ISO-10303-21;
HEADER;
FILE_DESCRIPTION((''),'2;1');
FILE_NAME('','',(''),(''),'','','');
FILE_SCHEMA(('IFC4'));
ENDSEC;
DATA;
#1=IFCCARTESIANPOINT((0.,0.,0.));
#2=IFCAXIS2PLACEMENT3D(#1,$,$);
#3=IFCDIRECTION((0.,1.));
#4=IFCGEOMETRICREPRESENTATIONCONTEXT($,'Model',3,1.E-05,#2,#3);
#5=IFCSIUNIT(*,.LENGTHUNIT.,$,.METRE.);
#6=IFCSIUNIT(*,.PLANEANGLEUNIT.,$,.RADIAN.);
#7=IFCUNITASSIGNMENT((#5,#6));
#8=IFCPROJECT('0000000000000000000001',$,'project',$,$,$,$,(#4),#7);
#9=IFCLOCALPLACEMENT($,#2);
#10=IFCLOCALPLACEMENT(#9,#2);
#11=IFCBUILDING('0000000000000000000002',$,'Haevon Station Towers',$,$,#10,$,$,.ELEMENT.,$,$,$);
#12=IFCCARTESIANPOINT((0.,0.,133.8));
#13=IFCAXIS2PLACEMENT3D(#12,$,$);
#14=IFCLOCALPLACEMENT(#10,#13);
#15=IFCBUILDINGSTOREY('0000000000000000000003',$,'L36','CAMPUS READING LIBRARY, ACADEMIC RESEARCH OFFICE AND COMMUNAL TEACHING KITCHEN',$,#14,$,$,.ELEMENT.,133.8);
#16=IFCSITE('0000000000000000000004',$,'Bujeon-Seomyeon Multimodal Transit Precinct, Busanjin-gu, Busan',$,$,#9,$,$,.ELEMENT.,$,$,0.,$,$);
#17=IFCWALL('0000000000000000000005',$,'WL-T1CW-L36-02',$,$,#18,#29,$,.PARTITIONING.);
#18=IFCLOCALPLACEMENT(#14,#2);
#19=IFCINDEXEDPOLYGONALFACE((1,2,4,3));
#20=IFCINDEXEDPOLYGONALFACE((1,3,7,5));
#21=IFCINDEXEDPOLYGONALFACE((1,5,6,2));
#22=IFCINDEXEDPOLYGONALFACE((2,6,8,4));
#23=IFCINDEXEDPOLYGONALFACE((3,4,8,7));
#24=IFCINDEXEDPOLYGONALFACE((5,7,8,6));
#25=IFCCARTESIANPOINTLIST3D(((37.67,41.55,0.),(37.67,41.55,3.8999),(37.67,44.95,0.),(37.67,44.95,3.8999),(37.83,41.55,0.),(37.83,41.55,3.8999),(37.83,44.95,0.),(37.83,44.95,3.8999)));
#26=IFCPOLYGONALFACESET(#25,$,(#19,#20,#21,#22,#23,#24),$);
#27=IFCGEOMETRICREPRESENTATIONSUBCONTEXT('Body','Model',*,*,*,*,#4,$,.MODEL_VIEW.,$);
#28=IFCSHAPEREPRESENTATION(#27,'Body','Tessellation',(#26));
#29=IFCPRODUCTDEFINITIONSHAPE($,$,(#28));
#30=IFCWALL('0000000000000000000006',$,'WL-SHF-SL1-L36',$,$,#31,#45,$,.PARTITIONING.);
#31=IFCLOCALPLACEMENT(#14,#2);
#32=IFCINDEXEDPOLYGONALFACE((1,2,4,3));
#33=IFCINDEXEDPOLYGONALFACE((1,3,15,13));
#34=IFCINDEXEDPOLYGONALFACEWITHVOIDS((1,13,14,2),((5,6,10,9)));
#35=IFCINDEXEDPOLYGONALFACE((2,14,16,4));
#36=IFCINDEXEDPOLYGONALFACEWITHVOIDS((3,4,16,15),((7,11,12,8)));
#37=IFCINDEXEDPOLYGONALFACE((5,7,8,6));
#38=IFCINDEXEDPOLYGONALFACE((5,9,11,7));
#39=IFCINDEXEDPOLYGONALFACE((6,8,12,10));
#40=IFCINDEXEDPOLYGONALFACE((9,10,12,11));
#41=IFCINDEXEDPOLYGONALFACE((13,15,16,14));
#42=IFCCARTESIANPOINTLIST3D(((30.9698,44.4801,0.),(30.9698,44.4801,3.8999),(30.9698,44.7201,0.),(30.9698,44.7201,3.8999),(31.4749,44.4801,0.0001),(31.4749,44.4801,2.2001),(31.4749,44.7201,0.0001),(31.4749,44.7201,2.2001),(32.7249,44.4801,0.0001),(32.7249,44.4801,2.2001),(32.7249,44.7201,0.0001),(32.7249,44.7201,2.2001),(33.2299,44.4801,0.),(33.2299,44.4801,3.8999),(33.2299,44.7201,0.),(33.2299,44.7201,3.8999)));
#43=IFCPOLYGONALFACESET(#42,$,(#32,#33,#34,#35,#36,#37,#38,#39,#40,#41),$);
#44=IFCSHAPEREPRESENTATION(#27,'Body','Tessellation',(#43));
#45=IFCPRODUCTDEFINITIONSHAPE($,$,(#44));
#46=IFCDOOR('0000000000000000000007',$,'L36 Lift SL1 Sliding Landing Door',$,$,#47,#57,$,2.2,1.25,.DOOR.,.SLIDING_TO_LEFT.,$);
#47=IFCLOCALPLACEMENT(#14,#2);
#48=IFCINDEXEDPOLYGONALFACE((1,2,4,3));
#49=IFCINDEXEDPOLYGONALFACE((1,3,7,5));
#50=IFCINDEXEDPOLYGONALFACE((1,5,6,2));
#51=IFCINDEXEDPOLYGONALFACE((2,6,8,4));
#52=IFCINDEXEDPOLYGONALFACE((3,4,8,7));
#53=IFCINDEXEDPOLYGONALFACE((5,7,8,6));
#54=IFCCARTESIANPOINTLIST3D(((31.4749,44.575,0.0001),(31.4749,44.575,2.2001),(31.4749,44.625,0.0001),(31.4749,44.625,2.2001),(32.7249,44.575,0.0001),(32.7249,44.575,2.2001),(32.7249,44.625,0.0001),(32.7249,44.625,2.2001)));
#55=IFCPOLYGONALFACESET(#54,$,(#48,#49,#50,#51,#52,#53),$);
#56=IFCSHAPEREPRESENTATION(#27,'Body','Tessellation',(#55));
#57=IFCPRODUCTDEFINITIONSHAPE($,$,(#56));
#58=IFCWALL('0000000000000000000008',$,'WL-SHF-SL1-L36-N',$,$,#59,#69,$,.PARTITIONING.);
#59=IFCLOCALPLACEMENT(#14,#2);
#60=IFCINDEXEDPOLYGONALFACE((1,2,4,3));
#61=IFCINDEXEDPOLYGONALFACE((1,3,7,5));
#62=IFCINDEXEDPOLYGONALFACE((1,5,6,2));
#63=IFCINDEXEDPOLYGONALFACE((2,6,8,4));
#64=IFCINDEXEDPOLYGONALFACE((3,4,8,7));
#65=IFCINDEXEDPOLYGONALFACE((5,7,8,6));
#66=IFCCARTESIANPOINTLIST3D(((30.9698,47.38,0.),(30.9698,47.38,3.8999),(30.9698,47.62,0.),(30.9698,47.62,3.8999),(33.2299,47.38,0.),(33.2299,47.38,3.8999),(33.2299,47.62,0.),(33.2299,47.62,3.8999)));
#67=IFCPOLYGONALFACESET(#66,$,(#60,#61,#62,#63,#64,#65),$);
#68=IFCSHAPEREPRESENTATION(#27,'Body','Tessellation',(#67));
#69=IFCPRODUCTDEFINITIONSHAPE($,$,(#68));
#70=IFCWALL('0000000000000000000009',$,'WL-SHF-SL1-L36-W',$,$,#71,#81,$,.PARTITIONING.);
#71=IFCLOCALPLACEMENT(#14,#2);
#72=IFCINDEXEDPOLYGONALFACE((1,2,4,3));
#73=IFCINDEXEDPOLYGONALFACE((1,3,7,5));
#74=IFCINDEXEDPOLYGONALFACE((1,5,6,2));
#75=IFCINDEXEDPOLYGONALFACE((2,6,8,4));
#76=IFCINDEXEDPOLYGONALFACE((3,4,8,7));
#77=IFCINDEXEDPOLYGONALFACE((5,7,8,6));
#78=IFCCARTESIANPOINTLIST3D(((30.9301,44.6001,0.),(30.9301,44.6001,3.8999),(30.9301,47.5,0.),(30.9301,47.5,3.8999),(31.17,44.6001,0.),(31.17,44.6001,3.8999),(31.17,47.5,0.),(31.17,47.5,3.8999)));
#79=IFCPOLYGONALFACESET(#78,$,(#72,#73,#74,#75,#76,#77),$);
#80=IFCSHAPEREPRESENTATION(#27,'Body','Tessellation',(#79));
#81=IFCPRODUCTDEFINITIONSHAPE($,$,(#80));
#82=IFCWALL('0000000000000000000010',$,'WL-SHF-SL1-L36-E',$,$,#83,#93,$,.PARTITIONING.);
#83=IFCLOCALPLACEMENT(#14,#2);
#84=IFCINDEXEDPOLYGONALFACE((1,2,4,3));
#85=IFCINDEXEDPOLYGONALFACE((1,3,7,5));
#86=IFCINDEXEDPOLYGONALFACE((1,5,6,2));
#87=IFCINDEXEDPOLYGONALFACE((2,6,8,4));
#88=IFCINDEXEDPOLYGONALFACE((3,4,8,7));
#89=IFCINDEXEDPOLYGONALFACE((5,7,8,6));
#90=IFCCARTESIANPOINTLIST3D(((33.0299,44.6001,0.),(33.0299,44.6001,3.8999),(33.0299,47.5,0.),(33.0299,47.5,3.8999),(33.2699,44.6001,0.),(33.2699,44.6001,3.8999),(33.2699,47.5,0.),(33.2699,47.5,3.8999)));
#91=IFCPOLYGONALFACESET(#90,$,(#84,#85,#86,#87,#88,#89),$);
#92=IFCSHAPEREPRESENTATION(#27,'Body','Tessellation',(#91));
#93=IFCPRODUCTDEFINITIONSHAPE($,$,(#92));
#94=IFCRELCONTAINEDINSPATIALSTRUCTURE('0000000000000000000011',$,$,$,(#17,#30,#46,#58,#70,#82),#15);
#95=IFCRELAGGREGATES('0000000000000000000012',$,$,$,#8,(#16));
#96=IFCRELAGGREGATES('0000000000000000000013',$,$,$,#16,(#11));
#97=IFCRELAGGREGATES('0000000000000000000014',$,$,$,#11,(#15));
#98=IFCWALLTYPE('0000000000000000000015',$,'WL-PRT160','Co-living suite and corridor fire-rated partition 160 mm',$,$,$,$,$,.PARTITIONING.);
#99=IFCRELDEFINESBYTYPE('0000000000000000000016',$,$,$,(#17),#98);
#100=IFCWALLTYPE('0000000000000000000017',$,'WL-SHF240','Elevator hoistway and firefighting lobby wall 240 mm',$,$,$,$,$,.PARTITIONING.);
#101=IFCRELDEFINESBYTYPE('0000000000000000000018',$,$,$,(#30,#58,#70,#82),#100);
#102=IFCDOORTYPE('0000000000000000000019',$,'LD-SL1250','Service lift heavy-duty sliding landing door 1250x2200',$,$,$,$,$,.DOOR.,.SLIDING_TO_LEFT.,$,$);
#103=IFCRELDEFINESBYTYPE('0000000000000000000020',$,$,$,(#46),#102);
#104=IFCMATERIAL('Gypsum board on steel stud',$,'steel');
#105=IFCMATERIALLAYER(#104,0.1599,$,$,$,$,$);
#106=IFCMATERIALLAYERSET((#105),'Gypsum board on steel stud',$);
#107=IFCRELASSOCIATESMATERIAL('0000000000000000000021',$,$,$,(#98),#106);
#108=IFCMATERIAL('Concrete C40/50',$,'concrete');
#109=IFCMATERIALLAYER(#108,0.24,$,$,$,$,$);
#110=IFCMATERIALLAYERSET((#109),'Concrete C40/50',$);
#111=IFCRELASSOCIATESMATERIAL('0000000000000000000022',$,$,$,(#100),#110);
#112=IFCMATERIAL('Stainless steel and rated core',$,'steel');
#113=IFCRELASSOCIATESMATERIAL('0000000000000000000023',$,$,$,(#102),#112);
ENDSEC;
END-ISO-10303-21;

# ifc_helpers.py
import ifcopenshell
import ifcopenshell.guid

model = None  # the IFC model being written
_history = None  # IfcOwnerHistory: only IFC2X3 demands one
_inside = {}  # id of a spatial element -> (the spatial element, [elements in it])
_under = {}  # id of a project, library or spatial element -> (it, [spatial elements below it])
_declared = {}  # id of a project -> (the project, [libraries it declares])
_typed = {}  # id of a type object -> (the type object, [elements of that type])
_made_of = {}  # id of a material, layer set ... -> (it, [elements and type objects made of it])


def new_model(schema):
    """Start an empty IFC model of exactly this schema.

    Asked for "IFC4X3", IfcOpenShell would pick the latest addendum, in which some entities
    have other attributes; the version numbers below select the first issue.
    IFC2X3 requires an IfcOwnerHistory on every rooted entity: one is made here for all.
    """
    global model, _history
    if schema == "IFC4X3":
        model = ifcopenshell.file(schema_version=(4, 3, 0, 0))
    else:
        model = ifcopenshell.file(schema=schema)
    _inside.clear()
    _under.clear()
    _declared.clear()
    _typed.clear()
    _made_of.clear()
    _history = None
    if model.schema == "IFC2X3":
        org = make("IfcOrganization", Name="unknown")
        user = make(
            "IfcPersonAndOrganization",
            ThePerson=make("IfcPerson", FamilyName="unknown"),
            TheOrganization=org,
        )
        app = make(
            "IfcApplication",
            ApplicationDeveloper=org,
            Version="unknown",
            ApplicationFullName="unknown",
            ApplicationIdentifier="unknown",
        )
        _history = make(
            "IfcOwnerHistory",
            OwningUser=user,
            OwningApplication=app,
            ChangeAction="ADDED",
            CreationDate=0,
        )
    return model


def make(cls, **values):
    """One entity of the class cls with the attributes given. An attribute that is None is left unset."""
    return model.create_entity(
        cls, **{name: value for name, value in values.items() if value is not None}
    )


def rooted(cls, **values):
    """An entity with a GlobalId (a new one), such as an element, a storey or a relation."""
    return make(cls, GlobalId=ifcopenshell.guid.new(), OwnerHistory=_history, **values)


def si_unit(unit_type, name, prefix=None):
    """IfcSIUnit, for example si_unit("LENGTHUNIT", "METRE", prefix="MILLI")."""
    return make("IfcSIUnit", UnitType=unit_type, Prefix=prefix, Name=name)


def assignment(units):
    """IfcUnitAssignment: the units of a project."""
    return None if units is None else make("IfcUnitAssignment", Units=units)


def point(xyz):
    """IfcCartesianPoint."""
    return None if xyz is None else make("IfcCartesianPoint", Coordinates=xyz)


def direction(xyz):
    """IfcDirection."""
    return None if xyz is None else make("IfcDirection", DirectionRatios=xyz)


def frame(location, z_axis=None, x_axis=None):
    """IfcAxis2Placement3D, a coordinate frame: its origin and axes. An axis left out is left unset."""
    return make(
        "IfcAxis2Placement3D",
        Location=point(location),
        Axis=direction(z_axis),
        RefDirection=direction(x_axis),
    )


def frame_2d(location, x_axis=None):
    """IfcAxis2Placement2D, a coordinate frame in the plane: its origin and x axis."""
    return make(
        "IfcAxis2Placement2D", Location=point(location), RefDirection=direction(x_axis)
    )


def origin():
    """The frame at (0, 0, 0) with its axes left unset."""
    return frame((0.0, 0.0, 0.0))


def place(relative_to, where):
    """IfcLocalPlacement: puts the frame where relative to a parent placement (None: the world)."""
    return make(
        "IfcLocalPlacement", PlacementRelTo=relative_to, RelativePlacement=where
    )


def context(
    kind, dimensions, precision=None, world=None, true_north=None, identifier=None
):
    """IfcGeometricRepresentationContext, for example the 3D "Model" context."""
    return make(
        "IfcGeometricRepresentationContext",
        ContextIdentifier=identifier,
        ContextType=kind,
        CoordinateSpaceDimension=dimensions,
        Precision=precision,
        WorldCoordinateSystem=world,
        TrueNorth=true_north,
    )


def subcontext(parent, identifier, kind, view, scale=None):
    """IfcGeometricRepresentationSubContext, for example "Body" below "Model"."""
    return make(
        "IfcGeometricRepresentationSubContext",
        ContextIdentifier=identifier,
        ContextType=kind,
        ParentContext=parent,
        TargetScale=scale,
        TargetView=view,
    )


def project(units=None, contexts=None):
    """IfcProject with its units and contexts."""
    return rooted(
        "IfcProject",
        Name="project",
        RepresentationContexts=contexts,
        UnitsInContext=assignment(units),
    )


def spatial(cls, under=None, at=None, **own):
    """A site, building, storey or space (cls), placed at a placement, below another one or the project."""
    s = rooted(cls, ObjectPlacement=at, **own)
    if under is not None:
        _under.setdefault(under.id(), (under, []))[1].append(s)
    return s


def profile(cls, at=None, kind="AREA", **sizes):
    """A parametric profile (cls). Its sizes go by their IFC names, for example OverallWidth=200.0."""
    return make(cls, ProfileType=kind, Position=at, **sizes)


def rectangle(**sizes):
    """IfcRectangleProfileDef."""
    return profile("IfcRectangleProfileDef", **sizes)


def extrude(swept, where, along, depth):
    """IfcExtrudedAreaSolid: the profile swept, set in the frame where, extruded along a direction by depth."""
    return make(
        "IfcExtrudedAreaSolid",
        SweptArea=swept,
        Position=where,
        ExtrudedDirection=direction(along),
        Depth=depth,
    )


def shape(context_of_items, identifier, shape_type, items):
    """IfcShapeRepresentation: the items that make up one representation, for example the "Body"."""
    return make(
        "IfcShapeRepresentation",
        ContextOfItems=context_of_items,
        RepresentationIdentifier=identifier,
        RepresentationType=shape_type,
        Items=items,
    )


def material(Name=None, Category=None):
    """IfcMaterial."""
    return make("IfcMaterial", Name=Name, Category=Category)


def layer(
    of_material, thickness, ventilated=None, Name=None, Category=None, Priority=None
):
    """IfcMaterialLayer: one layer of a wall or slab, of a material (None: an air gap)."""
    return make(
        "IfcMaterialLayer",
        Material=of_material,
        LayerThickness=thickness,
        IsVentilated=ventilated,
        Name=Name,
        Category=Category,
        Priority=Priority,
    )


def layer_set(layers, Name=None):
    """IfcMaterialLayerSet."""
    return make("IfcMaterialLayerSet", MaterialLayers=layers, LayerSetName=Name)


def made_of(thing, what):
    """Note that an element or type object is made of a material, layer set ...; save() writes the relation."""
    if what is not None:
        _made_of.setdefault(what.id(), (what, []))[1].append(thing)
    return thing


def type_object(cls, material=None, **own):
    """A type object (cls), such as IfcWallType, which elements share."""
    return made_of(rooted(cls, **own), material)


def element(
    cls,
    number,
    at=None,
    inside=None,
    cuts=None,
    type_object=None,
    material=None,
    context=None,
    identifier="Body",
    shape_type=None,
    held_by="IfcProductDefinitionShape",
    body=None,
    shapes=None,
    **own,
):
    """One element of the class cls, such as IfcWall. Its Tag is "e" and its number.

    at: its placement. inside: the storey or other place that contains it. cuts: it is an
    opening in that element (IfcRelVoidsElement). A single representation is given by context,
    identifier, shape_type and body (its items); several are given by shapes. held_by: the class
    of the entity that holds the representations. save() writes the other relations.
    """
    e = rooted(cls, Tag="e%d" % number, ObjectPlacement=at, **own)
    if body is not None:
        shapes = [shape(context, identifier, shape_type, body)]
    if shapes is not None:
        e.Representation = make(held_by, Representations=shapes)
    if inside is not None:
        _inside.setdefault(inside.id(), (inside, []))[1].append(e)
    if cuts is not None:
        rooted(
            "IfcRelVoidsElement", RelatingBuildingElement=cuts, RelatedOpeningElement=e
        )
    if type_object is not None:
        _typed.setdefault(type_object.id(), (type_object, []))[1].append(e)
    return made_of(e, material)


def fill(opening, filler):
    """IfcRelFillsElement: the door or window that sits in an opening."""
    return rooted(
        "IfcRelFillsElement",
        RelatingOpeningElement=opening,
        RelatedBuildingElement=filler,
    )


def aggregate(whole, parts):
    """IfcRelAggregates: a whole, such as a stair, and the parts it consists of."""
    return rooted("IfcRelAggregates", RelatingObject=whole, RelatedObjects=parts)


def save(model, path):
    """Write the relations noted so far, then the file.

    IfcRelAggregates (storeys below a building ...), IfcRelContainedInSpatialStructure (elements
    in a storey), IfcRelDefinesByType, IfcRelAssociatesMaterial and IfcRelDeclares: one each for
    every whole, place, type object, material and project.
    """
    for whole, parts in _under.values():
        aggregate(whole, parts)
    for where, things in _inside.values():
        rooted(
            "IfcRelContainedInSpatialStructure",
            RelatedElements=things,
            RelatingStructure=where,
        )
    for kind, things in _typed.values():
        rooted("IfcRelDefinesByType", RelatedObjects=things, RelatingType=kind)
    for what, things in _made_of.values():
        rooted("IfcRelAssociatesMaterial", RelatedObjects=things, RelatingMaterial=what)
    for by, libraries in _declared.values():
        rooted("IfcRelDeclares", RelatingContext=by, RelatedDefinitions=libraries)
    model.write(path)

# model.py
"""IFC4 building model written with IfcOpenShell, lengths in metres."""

from ifc_helpers import new_model, si_unit, direction, frame, frame_2d, origin, place, context, subcontext, project, spatial, rectangle, extrude, material, layer, layer_set, type_object, element, fill, save


model = new_model("IFC4")

# Units and contexts
model_context = context("Model", 3, precision=1e-05, world=origin(), true_north=direction((0.0, 1.0)))
body_context = subcontext(model_context, "Body", "Model", "MODEL_VIEW")
ifc_project = project(units=[si_unit("LENGTHUNIT", "METRE"), si_unit("PLANEANGLEUNIT", "RADIAN")], contexts=[model_context])

# Site, building, storey
site_placement = place(None, origin())
site = spatial("IfcSite", under=ifc_project, at=site_placement, Name="Bujeon-Seomyeon Multimodal Transit Precinct, Busanjin-gu, Busan", CompositionType="ELEMENT", RefElevation=0.0)
building_placement = place(site_placement, origin())
building = spatial("IfcBuilding", under=site, at=building_placement, Name="Haevon Station Towers", CompositionType="ELEMENT")
storey_placement = place(building_placement, frame((0.0, 0.0, 133.8)))
storey = spatial("IfcBuildingStorey", under=building, at=storey_placement, Name="L36", Description="CAMPUS READING LIBRARY, ACADEMIC RESEARCH OFFICE AND COMMUNAL TEACHING KITCHEN", CompositionType="ELEMENT", Elevation=133.8)

# Shared definitions
ifc_material_1 = material(Name="Gypsum board on steel stud", Category="steel")
ifc_layer_1 = layer(ifc_material_1, 0.1599)
ifc_layer_set_1 = layer_set([ifc_layer_1], Name="Gypsum board on steel stud")
wall_type_1 = type_object("IfcWallType", Name="WL-PRT160", Description="Co-living suite and corridor fire-rated partition 160 mm", PredefinedType="PARTITIONING", material=ifc_layer_set_1)

# Wall
wall_1_placement = place(storey_placement, frame((37.75, 41.55, 0.0), z_axis=(0.0, 0.0, 1.0), x_axis=(0.0, 1.0, 0.0)))
element("IfcWall", 1, at=wall_1_placement, inside=storey, type_object=wall_type_1, Name="WL-T1CW-L36-02", PredefinedType="PARTITIONING", context=body_context, shape_type="SweptSolid", body=[
    extrude(rectangle(XDim=3.3999, YDim=0.1599, at=frame_2d((1.7, 0.0))), origin(), (0.0, 0.0, 1.0), 3.8999),
])

# Wall, opening, door
ifc_material_2 = material(Name="Concrete C40/50", Category="concrete")
ifc_layer_2 = layer(ifc_material_2, 0.24)
ifc_layer_set_2 = layer_set([ifc_layer_2], Name="Concrete C40/50")
wall_type_2 = type_object("IfcWallType", Name="WL-SHF240", Description="Elevator hoistway and firefighting lobby wall 240 mm", PredefinedType="PARTITIONING", material=ifc_layer_set_2)
wall_2_placement = place(storey_placement, frame((30.97, 44.6001, 0.0), z_axis=(0.0, 0.0, 1.0), x_axis=(1.0, 0.0, 0.0)))
wall_2 = element("IfcWall", 2, at=wall_2_placement, inside=storey, type_object=wall_type_2, Name="WL-SHF-SL1-L36", PredefinedType="PARTITIONING", context=body_context, shape_type="SweptSolid", body=[
    extrude(rectangle(XDim=2.26, YDim=0.24, at=frame_2d((1.1299, 0.0))), origin(), (0.0, 0.0, 1.0), 3.8999),
])
opening_1_placement = place(wall_2_placement, frame((0.5049, 0.0, 0.0)))
opening_1 = element("IfcOpeningElement", 3, at=opening_1_placement, cuts=wall_2, PredefinedType="OPENING", context=body_context, shape_type="SweptSolid", body=[
    extrude(rectangle(XDim=1.25, YDim=2.2, at=frame_2d((0.625, 1.1001))), frame((0.0, 0.1299, 0.0), z_axis=(0.0, -1.0, 0.0), x_axis=(1.0, 0.0, 0.0)), (0.0, 0.0, 1.0), 0.26),
])
ifc_material_3 = material(Name="Stainless steel and rated core", Category="steel")
door_type_1 = type_object("IfcDoorType", Name="LD-SL1250", Description="Service lift heavy-duty sliding landing door 1250x2200", OperationType="SLIDING_TO_LEFT", PredefinedType="DOOR", material=ifc_material_3)
door_1_placement = place(opening_1_placement, origin())
door_1 = element("IfcDoor", 4, at=door_1_placement, inside=storey, type_object=door_type_1, Name="L36 Lift SL1 Sliding Landing Door", OperationType="SLIDING_TO_LEFT", OverallHeight=2.2, OverallWidth=1.25, PredefinedType="DOOR", context=body_context, shape_type="SweptSolid", body=[
    extrude(rectangle(XDim=1.25, YDim=2.2, at=frame_2d((0.625, 1.1001))), frame((0.0, 0.0249, 0.0), z_axis=(0.0, -1.0, 0.0), x_axis=(1.0, 0.0, 0.0)), (0.0, 0.0, 1.0), 0.05),
])
fill(opening_1, door_1)

# Walls
wall_3_placement = place(storey_placement, frame((30.97, 47.5, 0.0), z_axis=(0.0, 0.0, 1.0), x_axis=(1.0, 0.0, 0.0)))
element("IfcWall", 5, at=wall_3_placement, inside=storey, type_object=wall_type_2, Name="WL-SHF-SL1-L36-N", PredefinedType="PARTITIONING", context=body_context, shape_type="SweptSolid", body=[
    extrude(rectangle(XDim=2.26, YDim=0.24, at=frame_2d((1.1299, 0.0))), origin(), (0.0, 0.0, 1.0), 3.8999),
])
for number, where, z_axis, x_axis, name in (
    (6, (31.05, 44.6001, 0.0), (0.0, 0.0, 1.0), (0.0, 1.0, 0.0), "WL-SHF-SL1-L36-W"),
    (7, (33.1499, 44.6001, 0.0), (0.0, 0.0, 1.0), (0.0, 1.0, 0.0), "WL-SHF-SL1-L36-E"),
):
    element("IfcWall", number, at=place(storey_placement, frame(where, z_axis=z_axis, x_axis=x_axis)), inside=storey, type_object=wall_type_2, Name=name, PredefinedType="PARTITIONING", context=body_context, shape_type="SweptSolid", body=[
        extrude(rectangle(XDim=2.8999, YDim=0.24, at=frame_2d((1.45, 0.0))), origin(), (0.0, 0.0, 1.0), 3.8999),
    ])

save(model, "model.ifc")
